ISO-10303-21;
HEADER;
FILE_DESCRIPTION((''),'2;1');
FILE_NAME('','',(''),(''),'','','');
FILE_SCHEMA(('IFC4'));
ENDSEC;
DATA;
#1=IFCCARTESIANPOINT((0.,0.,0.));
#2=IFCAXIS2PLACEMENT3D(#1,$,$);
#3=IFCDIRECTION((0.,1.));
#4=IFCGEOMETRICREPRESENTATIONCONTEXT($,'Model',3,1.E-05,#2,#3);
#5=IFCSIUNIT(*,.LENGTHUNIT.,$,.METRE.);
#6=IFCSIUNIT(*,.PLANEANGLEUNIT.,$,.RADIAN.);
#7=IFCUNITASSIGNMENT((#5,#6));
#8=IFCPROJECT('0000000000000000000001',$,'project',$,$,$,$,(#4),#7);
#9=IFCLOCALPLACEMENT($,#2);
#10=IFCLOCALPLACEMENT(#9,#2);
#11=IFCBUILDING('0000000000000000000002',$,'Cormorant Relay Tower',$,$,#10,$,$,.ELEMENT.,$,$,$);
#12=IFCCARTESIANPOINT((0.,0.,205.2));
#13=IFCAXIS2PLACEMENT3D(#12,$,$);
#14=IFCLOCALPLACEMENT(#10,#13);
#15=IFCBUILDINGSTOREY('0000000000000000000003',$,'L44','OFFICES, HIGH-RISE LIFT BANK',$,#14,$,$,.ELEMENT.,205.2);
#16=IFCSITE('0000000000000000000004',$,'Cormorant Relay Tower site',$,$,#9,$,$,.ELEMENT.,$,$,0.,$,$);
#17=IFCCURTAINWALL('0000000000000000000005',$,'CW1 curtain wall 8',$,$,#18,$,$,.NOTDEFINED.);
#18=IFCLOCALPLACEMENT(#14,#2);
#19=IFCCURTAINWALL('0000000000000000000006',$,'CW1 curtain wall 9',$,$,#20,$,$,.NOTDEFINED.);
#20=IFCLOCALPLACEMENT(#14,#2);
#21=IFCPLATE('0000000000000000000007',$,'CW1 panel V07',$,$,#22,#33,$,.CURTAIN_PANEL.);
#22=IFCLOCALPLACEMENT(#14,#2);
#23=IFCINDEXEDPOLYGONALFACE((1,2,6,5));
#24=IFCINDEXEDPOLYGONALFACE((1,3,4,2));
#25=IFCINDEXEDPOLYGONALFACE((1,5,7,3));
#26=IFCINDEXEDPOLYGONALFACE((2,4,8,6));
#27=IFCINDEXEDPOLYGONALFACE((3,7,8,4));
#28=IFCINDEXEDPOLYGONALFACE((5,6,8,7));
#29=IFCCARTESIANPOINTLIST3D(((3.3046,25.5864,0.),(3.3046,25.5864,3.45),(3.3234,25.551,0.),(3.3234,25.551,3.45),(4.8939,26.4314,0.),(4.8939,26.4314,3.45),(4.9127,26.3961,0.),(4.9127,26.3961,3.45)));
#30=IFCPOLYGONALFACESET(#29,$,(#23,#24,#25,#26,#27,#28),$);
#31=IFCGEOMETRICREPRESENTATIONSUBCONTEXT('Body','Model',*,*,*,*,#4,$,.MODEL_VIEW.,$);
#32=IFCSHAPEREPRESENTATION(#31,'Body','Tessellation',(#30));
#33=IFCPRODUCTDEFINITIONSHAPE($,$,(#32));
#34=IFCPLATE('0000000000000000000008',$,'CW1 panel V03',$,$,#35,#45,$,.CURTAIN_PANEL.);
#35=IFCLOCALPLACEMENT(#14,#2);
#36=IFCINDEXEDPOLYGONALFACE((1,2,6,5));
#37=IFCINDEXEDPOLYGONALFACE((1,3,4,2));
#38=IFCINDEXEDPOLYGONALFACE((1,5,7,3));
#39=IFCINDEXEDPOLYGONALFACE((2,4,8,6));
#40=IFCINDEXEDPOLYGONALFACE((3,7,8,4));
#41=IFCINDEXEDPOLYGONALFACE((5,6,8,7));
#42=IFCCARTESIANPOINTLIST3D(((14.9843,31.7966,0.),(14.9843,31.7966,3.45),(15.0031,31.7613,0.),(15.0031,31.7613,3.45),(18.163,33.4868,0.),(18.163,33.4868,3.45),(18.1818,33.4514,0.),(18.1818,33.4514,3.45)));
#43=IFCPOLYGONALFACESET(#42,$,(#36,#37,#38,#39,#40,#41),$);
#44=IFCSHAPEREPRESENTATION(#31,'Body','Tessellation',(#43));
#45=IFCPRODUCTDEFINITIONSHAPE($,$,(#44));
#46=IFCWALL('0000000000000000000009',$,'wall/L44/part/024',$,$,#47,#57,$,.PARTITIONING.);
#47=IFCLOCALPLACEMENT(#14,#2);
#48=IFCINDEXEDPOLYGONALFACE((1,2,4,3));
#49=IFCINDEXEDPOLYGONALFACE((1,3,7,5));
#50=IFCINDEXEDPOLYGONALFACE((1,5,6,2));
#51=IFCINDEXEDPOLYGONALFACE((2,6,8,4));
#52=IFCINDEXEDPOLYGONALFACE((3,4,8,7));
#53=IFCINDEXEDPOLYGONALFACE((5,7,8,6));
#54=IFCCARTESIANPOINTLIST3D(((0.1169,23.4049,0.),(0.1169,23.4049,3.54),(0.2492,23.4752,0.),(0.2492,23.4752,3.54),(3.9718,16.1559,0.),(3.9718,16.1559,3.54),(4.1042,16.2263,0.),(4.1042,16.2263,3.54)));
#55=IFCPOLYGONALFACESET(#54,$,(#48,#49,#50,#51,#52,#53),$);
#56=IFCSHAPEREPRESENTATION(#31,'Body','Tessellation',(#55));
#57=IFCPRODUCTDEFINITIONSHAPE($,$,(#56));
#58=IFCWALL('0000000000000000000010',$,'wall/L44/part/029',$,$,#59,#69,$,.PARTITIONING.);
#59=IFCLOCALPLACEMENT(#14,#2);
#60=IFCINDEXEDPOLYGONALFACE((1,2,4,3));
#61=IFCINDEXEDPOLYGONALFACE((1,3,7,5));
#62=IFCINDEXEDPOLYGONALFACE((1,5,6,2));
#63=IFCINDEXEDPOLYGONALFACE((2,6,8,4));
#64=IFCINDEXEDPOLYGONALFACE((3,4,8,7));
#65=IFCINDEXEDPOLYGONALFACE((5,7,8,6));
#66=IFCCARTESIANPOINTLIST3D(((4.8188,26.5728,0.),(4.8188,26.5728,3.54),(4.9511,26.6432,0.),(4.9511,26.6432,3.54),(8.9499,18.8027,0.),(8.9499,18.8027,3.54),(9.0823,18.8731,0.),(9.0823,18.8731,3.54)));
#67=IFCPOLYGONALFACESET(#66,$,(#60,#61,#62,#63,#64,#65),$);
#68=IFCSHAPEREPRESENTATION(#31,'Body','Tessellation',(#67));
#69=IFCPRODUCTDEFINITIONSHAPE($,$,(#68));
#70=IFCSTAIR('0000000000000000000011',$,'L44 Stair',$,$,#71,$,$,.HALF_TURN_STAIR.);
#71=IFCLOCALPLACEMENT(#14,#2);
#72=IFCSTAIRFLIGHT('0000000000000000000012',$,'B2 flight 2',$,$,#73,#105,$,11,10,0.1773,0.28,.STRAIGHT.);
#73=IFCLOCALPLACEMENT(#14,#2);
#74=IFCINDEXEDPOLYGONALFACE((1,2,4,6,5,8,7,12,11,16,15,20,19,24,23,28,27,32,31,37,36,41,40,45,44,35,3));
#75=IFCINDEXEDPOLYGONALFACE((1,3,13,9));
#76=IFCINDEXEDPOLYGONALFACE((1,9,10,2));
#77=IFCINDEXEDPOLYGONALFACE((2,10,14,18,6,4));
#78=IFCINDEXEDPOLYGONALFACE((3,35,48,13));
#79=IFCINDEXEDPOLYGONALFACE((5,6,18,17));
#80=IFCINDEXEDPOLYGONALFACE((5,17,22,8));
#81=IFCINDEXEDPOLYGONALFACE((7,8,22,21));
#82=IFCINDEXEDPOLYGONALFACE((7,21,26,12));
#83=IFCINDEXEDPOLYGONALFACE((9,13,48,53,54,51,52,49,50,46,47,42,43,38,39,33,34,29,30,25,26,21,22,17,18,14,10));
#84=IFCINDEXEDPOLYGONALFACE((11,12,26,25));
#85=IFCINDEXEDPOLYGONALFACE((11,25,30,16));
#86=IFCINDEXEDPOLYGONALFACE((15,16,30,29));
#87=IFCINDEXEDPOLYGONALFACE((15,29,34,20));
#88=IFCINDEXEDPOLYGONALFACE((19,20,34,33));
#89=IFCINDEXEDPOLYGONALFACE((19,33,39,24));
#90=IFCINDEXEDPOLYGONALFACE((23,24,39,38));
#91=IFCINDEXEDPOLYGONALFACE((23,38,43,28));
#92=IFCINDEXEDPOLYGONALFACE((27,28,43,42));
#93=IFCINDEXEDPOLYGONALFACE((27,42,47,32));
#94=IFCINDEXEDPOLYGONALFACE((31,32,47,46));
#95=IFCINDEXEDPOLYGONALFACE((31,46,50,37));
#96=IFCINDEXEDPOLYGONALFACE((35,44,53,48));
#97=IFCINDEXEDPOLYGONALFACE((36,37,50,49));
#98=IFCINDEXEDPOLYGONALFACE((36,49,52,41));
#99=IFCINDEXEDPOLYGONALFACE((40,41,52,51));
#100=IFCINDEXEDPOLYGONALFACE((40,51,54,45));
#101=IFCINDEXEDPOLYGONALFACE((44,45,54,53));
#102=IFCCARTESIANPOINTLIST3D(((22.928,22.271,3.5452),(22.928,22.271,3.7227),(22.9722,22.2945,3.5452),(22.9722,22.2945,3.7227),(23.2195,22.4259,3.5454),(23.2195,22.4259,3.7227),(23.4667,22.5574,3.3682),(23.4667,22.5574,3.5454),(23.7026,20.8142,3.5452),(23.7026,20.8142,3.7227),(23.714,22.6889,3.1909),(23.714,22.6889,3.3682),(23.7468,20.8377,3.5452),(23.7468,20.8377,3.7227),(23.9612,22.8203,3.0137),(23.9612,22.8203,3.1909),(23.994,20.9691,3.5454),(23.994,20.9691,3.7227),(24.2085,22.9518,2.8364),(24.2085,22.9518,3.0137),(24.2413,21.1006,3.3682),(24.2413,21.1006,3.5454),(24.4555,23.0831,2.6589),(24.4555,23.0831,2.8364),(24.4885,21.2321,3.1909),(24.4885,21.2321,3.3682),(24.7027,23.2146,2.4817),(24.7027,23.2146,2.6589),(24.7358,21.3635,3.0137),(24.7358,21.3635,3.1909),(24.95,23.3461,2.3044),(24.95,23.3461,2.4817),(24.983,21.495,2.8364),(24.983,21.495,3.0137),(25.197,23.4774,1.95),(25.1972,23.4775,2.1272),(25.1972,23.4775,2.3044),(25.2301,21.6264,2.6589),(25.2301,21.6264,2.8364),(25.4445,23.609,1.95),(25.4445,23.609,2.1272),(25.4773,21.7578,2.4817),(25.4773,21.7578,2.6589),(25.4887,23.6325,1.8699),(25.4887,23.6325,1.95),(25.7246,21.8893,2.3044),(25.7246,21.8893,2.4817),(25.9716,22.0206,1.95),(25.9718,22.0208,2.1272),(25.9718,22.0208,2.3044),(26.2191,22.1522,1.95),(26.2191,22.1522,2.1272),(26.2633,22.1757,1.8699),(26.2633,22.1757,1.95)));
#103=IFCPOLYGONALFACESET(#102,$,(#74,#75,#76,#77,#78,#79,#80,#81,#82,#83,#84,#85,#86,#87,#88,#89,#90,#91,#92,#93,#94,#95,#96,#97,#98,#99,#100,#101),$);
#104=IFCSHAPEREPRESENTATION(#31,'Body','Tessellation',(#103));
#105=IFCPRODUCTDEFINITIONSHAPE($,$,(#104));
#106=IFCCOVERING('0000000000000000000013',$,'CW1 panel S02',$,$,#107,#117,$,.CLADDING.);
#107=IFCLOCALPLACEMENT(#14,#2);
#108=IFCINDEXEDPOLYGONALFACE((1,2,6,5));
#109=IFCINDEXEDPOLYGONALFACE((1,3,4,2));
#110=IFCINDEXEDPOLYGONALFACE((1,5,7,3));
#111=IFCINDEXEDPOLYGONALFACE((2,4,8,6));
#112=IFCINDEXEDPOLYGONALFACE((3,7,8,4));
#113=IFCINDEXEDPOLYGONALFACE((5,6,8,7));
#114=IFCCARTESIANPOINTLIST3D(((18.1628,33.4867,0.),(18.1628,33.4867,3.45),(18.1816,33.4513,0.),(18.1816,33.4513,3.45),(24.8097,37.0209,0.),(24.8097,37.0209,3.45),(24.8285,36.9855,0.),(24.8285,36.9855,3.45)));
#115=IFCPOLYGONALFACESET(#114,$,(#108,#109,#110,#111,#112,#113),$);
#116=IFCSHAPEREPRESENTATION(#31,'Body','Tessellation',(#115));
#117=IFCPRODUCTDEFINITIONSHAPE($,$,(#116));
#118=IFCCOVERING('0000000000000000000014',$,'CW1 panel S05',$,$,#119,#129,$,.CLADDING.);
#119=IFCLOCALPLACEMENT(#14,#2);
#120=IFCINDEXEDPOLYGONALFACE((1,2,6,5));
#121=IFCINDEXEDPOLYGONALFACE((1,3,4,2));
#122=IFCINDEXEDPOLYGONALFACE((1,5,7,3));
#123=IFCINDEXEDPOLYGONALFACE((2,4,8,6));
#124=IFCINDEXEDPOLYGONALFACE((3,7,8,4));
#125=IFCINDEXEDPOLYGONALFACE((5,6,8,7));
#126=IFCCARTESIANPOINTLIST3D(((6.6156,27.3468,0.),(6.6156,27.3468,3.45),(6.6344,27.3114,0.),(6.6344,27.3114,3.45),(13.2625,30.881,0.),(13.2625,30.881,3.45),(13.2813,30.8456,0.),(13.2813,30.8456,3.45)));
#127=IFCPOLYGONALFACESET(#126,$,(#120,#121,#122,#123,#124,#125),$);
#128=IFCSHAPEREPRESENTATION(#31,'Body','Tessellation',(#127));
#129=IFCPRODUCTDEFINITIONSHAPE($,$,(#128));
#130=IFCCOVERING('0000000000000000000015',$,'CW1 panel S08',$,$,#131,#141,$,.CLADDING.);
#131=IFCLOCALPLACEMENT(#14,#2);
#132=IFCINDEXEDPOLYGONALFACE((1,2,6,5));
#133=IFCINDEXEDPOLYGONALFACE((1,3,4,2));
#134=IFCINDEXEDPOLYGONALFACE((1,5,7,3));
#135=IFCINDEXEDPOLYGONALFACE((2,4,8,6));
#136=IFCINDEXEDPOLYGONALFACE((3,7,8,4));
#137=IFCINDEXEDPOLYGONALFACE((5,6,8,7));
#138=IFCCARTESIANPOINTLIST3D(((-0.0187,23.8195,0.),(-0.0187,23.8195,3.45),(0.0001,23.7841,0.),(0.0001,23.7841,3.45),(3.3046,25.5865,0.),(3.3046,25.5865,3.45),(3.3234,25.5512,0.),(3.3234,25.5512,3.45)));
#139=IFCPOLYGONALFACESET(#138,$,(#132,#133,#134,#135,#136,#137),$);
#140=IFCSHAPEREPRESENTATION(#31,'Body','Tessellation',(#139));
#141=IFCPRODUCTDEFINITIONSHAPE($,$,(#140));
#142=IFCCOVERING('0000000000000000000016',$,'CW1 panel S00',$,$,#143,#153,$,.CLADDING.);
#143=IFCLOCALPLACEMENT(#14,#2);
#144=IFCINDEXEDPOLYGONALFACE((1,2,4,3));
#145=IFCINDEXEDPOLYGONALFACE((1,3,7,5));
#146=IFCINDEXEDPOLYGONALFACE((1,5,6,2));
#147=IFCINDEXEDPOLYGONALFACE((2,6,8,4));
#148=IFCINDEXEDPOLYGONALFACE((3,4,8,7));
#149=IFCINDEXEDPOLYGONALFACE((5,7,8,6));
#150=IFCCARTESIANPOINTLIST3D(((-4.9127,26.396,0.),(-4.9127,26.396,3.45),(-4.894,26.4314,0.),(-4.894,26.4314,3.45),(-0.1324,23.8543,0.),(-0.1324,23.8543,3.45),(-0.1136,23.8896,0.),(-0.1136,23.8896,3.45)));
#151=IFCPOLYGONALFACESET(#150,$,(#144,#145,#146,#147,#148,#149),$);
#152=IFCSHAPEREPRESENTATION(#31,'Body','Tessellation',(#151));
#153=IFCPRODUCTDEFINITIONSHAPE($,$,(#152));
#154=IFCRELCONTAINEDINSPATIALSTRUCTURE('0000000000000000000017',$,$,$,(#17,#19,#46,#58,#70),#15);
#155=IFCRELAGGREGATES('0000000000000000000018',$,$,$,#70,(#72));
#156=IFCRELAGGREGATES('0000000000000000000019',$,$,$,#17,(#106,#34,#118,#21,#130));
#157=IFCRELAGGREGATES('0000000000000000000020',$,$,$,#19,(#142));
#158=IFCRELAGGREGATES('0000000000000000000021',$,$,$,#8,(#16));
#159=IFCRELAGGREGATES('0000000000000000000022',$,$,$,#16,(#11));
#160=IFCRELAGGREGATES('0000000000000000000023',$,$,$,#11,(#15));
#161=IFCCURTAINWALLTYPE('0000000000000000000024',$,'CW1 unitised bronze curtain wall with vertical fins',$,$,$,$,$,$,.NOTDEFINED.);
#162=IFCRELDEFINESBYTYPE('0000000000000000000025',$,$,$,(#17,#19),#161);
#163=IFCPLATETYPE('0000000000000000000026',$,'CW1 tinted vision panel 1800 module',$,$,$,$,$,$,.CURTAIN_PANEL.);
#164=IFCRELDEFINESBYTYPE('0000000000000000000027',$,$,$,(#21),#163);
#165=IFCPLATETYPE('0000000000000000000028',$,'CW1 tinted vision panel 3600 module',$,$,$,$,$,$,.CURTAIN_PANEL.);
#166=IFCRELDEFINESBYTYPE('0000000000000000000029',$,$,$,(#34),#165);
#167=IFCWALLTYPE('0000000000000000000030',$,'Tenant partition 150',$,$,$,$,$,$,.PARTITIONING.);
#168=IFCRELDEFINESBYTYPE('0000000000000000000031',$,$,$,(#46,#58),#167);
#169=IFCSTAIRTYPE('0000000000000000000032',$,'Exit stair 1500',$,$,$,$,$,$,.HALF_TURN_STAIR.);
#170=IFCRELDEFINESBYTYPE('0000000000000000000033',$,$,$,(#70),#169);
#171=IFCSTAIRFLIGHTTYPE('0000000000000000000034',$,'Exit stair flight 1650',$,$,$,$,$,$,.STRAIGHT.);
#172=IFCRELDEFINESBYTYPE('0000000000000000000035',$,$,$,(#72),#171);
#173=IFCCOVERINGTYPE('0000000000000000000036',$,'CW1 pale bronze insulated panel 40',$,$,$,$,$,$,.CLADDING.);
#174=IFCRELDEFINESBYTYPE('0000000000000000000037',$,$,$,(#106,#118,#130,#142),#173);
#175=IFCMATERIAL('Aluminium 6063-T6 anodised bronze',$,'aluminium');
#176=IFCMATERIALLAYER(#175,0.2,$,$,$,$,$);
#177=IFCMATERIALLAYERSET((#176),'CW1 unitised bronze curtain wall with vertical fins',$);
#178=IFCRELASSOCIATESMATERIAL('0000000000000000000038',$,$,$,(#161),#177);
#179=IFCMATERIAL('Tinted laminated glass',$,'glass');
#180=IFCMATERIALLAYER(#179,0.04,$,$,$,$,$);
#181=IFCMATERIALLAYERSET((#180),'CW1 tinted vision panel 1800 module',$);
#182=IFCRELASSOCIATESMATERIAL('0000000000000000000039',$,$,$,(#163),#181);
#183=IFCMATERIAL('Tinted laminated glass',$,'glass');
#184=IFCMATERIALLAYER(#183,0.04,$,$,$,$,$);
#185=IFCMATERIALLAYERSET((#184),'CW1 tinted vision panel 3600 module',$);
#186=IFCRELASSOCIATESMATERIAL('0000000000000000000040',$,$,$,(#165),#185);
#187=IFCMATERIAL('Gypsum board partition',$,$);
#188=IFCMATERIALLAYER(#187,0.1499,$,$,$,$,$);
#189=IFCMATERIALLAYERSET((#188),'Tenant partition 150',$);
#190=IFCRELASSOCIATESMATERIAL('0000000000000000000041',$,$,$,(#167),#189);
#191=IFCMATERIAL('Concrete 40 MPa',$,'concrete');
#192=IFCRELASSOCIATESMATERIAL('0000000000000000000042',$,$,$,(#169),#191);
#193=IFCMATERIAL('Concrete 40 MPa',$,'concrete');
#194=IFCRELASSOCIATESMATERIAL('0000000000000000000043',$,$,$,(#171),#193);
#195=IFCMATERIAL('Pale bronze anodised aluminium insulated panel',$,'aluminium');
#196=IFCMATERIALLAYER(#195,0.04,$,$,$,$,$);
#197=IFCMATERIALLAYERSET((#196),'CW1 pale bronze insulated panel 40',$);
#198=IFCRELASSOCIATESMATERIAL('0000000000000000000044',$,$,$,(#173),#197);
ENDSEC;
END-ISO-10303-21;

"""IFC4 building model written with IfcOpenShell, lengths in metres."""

from ifc_helpers import new_model, si_unit, direction, frame, frame_2d, origin, origin_2d, place, context, subcontext, project, spatial, polyline, rectangle, outline, extrude, material, layer, layer_set, type_object, element, aggregate, save


model = new_model("IFC4")

# Units and contexts
model_context = context("Model", 3, precision=1e-05, world=origin(), true_north=direction((0.0, 1.0)))
body_context = subcontext(model_context, "Body", "Model", "MODEL_VIEW")
ifc_project = project(units=[si_unit("LENGTHUNIT", "METRE"), si_unit("PLANEANGLEUNIT", "RADIAN")], contexts=[model_context])

# Site, building, storey
site_placement = place(None, origin())
site = spatial("IfcSite", under=ifc_project, at=site_placement, Name="Cormorant Relay Tower site", CompositionType="ELEMENT", RefElevation=0.0)
building_placement = place(site_placement, origin())
building = spatial("IfcBuilding", under=site, at=building_placement, Name="Cormorant Relay Tower", CompositionType="ELEMENT")
storey_placement = place(building_placement, frame((0.0, 0.0, 205.2)))
storey = spatial("IfcBuildingStorey", under=building, at=storey_placement, Name="L44", Description="OFFICES, HIGH-RISE LIFT BANK", CompositionType="ELEMENT", Elevation=205.2)

# Curtain walls
ifc_material_1 = material(Name="Aluminium 6063-T6 anodised bronze", Category="aluminium")
ifc_layer_1 = layer(ifc_material_1, 0.2)
ifc_layer_set_1 = layer_set([ifc_layer_1], Name="CW1 unitised bronze curtain wall with vertical fins")
curtain_wall_type = type_object("IfcCurtainWallType", Name="CW1 unitised bronze curtain wall with vertical fins", PredefinedType="NOTDEFINED", material=ifc_layer_set_1)
curtain_wall_1_placement = place(storey_placement, origin())
curtain_wall_1 = element("IfcCurtainWall", 1, at=curtain_wall_1_placement, inside=storey, type_object=curtain_wall_type, Name="CW1 curtain wall 8", PredefinedType="NOTDEFINED")
curtain_wall_2_placement = place(storey_placement, origin())
curtain_wall_2 = element("IfcCurtainWall", 2, at=curtain_wall_2_placement, inside=storey, type_object=curtain_wall_type, Name="CW1 curtain wall 9", PredefinedType="NOTDEFINED")

# Plates
ifc_material_2 = material(Name="Tinted laminated glass", Category="glass")
ifc_layer_2 = layer(ifc_material_2, 0.04)
ifc_layer_set_2 = layer_set([ifc_layer_2], Name="CW1 tinted vision panel 1800 module")
plate_type_1 = type_object("IfcPlateType", Name="CW1 tinted vision panel 1800 module", PredefinedType="CURTAIN_PANEL", material=ifc_layer_set_2)
plate_1_placement = place(storey_placement, frame((4.1086, 25.9912, 0.0), z_axis=(0.0, 0.0, 1.0), x_axis=(-0.882948, -0.469472, 0.0)))
plate_1 = element("IfcPlate", 3, at=plate_1_placement, type_object=plate_type_1, Name="CW1 panel V07", PredefinedType="CURTAIN_PANEL", context=body_context, shape_type="SweptSolid", body=[
    extrude(rectangle(XDim=1.8, YDim=0.04, at=origin_2d()), origin(), (0.0, 0.0, 1.0), 3.45),
])
ifc_material_3 = material(Name="Tinted laminated glass", Category="glass")
ifc_layer_3 = layer(ifc_material_3, 0.04)
ifc_layer_set_3 = layer_set([ifc_layer_3], Name="CW1 tinted vision panel 3600 module")
plate_type_2 = type_object("IfcPlateType", Name="CW1 tinted vision panel 3600 module", PredefinedType="CURTAIN_PANEL", material=ifc_layer_set_3)
plate_2_placement = place(storey_placement, frame((16.583, 32.624, 0.0), z_axis=(0.0, 0.0, 1.0), x_axis=(-0.882948, -0.469472, 0.0)))
plate_2 = element("IfcPlate", 4, at=plate_2_placement, type_object=plate_type_2, Name="CW1 panel V03", PredefinedType="CURTAIN_PANEL", context=body_context, shape_type="SweptSolid", body=[
    extrude(rectangle(XDim=3.6001, YDim=0.04, at=origin_2d()), origin(), (0.0, 0.0, 1.0), 3.45),
])

# Walls
ifc_material_4 = material(Name="Gypsum board partition")
ifc_layer_4 = layer(ifc_material_4, 0.1499)
ifc_layer_set_4 = layer_set([ifc_layer_4], Name="Tenant partition 150")
wall_type = type_object("IfcWallType", Name="Tenant partition 150", PredefinedType="PARTITIONING", material=ifc_layer_set_4)
wall_1_placement = place(storey_placement, frame((0.1831, 23.4399, 0.0), z_axis=(0.0, 0.0, 1.0), x_axis=(0.469529, -0.882917, 0.0)))
element("IfcWall", 5, at=wall_1_placement, inside=storey, type_object=wall_type, Name="wall/L44/part/024", PredefinedType="PARTITIONING", context=body_context, shape_type="SweptSolid", body=[
    extrude(rectangle(XDim=8.2102, YDim=0.1499, at=frame_2d((4.105, 0.0))), origin(), (0.0, 0.0, 1.0), 3.54),
])
wall_2_placement = place(storey_placement, frame((4.885, 26.6079, 0.0), z_axis=(0.0, 0.0, 1.0), x_axis=(0.469446, -0.882961, 0.0)))
element("IfcWall", 6, at=wall_2_placement, inside=storey, type_object=wall_type, Name="wall/L44/part/029", PredefinedType="PARTITIONING", context=body_context, shape_type="SweptSolid", body=[
    extrude(rectangle(XDim=8.8, YDim=0.1499, at=frame_2d((4.3999, 0.0))), origin(), (0.0, 0.0, 1.0), 3.54),
])

# Stair, stair flight
ifc_material_5 = material(Name="Concrete 40 MPa", Category="concrete")
stair_type = type_object("IfcStairType", Name="Exit stair 1500", PredefinedType="HALF_TURN_STAIR", material=ifc_material_5)
stair_placement = place(storey_placement, origin())
stair = element("IfcStair", 7, at=stair_placement, inside=storey, type_object=stair_type, Name="L44 Stair", PredefinedType="HALF_TURN_STAIR")
ifc_material_6 = material(Name="Concrete 40 MPa", Category="concrete")
stair_flight_type = type_object("IfcStairFlightType", Name="Exit stair flight 1650", PredefinedType="STRAIGHT", material=ifc_material_6)
stair_flight_placement = place(storey_placement, frame((25.8318, 22.8806, 1.95), z_axis=(0.0, 0.0, 1.0), x_axis=(-0.882948, -0.469472, 0.0)))
stair_flight = element("IfcStairFlight", 8, at=stair_flight_placement, type_object=stair_flight_type, Name="B2 flight 2", NumberOfRisers=11, NumberOfTreads=10, PredefinedType="STRAIGHT", RiserHeight=0.1773, TreadLength=0.28, context=body_context, shape_type="SweptSolid", body=[
    extrude(outline(polyline([(-0.05, -0.0801), (-0.05, 0.0), (0.0, 0.0), (0.0, 0.1772), (0.28, 0.1772), (0.28, 0.3545), (0.5601, 0.3545), (0.5601, 0.5317), (0.8401, 0.5317), (0.8401, 0.709), (1.1201, 0.709), (1.1201, 0.8865), (1.3999, 0.8865), (1.3999, 1.0637), (1.6799, 1.0637), (1.6799, 1.241), (1.96, 1.241), (1.96, 1.4182), (2.24, 1.4182), (2.24, 1.5955), (2.52, 1.5955), (2.52, 1.7727), (2.8, 1.7727), (2.8501, 1.7727), (2.8501, 1.5952), (2.8, 1.5952), (0.2803, 0.0), (-0.05, -0.0801)])), frame((0.0, 0.825, 0.0), z_axis=(0.0, -1.0, 0.0), x_axis=(1.0, 0.0, 0.0)), (0.0, 0.0, 1.0), 1.6499),
])
aggregate(stair, [stair_flight])

# Coverings
ifc_material_7 = material(Name="Pale bronze anodised aluminium insulated panel", Category="aluminium")
ifc_layer_5 = layer(ifc_material_7, 0.04)
ifc_layer_set_5 = layer_set([ifc_layer_5], Name="CW1 pale bronze insulated panel 40")
covering_type = type_object("IfcCoveringType", Name="CW1 pale bronze insulated panel 40", PredefinedType="CLADDING", material=ifc_layer_set_5)
covering_1_placement = place(storey_placement, frame((21.4956, 35.2361, 0.0), z_axis=(0.0, 0.0, 1.0), x_axis=(-0.882948, -0.469472, 0.0)))
covering_1 = element("IfcCovering", 9, at=covering_1_placement, type_object=covering_type, Name="CW1 panel S02", PredefinedType="CLADDING", context=body_context, shape_type="SweptSolid", body=[
    extrude(rectangle(XDim=7.5281, YDim=0.04, at=origin_2d()), origin(), (0.0, 0.0, 1.0), 3.45),
])
covering_2_placement = place(storey_placement, frame((9.9485, 29.0962, 0.0), z_axis=(0.0, 0.0, 1.0), x_axis=(-0.882948, -0.469472, 0.0)))
covering_2 = element("IfcCovering", 10, at=covering_2_placement, type_object=covering_type, Name="CW1 panel S05", PredefinedType="CLADDING", context=body_context, shape_type="SweptSolid", body=[
    extrude(rectangle(XDim=7.5281, YDim=0.04, at=origin_2d()), origin(), (0.0, 0.0, 1.0), 3.45),
])
covering_3_placement = place(storey_placement, frame((1.6523, 24.6853, 0.0), z_axis=(0.0, 0.0, 1.0), x_axis=(-0.882948, -0.469472, 0.0)))
covering_3 = element("IfcCovering", 11, at=covering_3_placement, type_object=covering_type, Name="CW1 panel S08", PredefinedType="CLADDING", context=body_context, shape_type="SweptSolid", body=[
    extrude(rectangle(XDim=3.7639, YDim=0.04, at=origin_2d()), origin(), (0.0, 0.0, 1.0), 3.45),
])
aggregate(curtain_wall_1, [covering_1, plate_2, covering_2, plate_1, covering_3])
covering_4_placement = place(storey_placement, frame((-2.5132, 25.1428, 0.0), z_axis=(0.0, 0.0, 1.0), x_axis=(-0.882948, 0.469472, 0.0)))
covering_4 = element("IfcCovering", 12, at=covering_4_placement, type_object=covering_type, Name="CW1 panel S00", PredefinedType="CLADDING", context=body_context, shape_type="SweptSolid", body=[
    extrude(rectangle(XDim=5.4141, YDim=0.04, at=origin_2d()), origin(), (0.0, 0.0, 1.0), 3.45),
])
aggregate(curtain_wall_2, [covering_4])

save(model, "model.ifc")
